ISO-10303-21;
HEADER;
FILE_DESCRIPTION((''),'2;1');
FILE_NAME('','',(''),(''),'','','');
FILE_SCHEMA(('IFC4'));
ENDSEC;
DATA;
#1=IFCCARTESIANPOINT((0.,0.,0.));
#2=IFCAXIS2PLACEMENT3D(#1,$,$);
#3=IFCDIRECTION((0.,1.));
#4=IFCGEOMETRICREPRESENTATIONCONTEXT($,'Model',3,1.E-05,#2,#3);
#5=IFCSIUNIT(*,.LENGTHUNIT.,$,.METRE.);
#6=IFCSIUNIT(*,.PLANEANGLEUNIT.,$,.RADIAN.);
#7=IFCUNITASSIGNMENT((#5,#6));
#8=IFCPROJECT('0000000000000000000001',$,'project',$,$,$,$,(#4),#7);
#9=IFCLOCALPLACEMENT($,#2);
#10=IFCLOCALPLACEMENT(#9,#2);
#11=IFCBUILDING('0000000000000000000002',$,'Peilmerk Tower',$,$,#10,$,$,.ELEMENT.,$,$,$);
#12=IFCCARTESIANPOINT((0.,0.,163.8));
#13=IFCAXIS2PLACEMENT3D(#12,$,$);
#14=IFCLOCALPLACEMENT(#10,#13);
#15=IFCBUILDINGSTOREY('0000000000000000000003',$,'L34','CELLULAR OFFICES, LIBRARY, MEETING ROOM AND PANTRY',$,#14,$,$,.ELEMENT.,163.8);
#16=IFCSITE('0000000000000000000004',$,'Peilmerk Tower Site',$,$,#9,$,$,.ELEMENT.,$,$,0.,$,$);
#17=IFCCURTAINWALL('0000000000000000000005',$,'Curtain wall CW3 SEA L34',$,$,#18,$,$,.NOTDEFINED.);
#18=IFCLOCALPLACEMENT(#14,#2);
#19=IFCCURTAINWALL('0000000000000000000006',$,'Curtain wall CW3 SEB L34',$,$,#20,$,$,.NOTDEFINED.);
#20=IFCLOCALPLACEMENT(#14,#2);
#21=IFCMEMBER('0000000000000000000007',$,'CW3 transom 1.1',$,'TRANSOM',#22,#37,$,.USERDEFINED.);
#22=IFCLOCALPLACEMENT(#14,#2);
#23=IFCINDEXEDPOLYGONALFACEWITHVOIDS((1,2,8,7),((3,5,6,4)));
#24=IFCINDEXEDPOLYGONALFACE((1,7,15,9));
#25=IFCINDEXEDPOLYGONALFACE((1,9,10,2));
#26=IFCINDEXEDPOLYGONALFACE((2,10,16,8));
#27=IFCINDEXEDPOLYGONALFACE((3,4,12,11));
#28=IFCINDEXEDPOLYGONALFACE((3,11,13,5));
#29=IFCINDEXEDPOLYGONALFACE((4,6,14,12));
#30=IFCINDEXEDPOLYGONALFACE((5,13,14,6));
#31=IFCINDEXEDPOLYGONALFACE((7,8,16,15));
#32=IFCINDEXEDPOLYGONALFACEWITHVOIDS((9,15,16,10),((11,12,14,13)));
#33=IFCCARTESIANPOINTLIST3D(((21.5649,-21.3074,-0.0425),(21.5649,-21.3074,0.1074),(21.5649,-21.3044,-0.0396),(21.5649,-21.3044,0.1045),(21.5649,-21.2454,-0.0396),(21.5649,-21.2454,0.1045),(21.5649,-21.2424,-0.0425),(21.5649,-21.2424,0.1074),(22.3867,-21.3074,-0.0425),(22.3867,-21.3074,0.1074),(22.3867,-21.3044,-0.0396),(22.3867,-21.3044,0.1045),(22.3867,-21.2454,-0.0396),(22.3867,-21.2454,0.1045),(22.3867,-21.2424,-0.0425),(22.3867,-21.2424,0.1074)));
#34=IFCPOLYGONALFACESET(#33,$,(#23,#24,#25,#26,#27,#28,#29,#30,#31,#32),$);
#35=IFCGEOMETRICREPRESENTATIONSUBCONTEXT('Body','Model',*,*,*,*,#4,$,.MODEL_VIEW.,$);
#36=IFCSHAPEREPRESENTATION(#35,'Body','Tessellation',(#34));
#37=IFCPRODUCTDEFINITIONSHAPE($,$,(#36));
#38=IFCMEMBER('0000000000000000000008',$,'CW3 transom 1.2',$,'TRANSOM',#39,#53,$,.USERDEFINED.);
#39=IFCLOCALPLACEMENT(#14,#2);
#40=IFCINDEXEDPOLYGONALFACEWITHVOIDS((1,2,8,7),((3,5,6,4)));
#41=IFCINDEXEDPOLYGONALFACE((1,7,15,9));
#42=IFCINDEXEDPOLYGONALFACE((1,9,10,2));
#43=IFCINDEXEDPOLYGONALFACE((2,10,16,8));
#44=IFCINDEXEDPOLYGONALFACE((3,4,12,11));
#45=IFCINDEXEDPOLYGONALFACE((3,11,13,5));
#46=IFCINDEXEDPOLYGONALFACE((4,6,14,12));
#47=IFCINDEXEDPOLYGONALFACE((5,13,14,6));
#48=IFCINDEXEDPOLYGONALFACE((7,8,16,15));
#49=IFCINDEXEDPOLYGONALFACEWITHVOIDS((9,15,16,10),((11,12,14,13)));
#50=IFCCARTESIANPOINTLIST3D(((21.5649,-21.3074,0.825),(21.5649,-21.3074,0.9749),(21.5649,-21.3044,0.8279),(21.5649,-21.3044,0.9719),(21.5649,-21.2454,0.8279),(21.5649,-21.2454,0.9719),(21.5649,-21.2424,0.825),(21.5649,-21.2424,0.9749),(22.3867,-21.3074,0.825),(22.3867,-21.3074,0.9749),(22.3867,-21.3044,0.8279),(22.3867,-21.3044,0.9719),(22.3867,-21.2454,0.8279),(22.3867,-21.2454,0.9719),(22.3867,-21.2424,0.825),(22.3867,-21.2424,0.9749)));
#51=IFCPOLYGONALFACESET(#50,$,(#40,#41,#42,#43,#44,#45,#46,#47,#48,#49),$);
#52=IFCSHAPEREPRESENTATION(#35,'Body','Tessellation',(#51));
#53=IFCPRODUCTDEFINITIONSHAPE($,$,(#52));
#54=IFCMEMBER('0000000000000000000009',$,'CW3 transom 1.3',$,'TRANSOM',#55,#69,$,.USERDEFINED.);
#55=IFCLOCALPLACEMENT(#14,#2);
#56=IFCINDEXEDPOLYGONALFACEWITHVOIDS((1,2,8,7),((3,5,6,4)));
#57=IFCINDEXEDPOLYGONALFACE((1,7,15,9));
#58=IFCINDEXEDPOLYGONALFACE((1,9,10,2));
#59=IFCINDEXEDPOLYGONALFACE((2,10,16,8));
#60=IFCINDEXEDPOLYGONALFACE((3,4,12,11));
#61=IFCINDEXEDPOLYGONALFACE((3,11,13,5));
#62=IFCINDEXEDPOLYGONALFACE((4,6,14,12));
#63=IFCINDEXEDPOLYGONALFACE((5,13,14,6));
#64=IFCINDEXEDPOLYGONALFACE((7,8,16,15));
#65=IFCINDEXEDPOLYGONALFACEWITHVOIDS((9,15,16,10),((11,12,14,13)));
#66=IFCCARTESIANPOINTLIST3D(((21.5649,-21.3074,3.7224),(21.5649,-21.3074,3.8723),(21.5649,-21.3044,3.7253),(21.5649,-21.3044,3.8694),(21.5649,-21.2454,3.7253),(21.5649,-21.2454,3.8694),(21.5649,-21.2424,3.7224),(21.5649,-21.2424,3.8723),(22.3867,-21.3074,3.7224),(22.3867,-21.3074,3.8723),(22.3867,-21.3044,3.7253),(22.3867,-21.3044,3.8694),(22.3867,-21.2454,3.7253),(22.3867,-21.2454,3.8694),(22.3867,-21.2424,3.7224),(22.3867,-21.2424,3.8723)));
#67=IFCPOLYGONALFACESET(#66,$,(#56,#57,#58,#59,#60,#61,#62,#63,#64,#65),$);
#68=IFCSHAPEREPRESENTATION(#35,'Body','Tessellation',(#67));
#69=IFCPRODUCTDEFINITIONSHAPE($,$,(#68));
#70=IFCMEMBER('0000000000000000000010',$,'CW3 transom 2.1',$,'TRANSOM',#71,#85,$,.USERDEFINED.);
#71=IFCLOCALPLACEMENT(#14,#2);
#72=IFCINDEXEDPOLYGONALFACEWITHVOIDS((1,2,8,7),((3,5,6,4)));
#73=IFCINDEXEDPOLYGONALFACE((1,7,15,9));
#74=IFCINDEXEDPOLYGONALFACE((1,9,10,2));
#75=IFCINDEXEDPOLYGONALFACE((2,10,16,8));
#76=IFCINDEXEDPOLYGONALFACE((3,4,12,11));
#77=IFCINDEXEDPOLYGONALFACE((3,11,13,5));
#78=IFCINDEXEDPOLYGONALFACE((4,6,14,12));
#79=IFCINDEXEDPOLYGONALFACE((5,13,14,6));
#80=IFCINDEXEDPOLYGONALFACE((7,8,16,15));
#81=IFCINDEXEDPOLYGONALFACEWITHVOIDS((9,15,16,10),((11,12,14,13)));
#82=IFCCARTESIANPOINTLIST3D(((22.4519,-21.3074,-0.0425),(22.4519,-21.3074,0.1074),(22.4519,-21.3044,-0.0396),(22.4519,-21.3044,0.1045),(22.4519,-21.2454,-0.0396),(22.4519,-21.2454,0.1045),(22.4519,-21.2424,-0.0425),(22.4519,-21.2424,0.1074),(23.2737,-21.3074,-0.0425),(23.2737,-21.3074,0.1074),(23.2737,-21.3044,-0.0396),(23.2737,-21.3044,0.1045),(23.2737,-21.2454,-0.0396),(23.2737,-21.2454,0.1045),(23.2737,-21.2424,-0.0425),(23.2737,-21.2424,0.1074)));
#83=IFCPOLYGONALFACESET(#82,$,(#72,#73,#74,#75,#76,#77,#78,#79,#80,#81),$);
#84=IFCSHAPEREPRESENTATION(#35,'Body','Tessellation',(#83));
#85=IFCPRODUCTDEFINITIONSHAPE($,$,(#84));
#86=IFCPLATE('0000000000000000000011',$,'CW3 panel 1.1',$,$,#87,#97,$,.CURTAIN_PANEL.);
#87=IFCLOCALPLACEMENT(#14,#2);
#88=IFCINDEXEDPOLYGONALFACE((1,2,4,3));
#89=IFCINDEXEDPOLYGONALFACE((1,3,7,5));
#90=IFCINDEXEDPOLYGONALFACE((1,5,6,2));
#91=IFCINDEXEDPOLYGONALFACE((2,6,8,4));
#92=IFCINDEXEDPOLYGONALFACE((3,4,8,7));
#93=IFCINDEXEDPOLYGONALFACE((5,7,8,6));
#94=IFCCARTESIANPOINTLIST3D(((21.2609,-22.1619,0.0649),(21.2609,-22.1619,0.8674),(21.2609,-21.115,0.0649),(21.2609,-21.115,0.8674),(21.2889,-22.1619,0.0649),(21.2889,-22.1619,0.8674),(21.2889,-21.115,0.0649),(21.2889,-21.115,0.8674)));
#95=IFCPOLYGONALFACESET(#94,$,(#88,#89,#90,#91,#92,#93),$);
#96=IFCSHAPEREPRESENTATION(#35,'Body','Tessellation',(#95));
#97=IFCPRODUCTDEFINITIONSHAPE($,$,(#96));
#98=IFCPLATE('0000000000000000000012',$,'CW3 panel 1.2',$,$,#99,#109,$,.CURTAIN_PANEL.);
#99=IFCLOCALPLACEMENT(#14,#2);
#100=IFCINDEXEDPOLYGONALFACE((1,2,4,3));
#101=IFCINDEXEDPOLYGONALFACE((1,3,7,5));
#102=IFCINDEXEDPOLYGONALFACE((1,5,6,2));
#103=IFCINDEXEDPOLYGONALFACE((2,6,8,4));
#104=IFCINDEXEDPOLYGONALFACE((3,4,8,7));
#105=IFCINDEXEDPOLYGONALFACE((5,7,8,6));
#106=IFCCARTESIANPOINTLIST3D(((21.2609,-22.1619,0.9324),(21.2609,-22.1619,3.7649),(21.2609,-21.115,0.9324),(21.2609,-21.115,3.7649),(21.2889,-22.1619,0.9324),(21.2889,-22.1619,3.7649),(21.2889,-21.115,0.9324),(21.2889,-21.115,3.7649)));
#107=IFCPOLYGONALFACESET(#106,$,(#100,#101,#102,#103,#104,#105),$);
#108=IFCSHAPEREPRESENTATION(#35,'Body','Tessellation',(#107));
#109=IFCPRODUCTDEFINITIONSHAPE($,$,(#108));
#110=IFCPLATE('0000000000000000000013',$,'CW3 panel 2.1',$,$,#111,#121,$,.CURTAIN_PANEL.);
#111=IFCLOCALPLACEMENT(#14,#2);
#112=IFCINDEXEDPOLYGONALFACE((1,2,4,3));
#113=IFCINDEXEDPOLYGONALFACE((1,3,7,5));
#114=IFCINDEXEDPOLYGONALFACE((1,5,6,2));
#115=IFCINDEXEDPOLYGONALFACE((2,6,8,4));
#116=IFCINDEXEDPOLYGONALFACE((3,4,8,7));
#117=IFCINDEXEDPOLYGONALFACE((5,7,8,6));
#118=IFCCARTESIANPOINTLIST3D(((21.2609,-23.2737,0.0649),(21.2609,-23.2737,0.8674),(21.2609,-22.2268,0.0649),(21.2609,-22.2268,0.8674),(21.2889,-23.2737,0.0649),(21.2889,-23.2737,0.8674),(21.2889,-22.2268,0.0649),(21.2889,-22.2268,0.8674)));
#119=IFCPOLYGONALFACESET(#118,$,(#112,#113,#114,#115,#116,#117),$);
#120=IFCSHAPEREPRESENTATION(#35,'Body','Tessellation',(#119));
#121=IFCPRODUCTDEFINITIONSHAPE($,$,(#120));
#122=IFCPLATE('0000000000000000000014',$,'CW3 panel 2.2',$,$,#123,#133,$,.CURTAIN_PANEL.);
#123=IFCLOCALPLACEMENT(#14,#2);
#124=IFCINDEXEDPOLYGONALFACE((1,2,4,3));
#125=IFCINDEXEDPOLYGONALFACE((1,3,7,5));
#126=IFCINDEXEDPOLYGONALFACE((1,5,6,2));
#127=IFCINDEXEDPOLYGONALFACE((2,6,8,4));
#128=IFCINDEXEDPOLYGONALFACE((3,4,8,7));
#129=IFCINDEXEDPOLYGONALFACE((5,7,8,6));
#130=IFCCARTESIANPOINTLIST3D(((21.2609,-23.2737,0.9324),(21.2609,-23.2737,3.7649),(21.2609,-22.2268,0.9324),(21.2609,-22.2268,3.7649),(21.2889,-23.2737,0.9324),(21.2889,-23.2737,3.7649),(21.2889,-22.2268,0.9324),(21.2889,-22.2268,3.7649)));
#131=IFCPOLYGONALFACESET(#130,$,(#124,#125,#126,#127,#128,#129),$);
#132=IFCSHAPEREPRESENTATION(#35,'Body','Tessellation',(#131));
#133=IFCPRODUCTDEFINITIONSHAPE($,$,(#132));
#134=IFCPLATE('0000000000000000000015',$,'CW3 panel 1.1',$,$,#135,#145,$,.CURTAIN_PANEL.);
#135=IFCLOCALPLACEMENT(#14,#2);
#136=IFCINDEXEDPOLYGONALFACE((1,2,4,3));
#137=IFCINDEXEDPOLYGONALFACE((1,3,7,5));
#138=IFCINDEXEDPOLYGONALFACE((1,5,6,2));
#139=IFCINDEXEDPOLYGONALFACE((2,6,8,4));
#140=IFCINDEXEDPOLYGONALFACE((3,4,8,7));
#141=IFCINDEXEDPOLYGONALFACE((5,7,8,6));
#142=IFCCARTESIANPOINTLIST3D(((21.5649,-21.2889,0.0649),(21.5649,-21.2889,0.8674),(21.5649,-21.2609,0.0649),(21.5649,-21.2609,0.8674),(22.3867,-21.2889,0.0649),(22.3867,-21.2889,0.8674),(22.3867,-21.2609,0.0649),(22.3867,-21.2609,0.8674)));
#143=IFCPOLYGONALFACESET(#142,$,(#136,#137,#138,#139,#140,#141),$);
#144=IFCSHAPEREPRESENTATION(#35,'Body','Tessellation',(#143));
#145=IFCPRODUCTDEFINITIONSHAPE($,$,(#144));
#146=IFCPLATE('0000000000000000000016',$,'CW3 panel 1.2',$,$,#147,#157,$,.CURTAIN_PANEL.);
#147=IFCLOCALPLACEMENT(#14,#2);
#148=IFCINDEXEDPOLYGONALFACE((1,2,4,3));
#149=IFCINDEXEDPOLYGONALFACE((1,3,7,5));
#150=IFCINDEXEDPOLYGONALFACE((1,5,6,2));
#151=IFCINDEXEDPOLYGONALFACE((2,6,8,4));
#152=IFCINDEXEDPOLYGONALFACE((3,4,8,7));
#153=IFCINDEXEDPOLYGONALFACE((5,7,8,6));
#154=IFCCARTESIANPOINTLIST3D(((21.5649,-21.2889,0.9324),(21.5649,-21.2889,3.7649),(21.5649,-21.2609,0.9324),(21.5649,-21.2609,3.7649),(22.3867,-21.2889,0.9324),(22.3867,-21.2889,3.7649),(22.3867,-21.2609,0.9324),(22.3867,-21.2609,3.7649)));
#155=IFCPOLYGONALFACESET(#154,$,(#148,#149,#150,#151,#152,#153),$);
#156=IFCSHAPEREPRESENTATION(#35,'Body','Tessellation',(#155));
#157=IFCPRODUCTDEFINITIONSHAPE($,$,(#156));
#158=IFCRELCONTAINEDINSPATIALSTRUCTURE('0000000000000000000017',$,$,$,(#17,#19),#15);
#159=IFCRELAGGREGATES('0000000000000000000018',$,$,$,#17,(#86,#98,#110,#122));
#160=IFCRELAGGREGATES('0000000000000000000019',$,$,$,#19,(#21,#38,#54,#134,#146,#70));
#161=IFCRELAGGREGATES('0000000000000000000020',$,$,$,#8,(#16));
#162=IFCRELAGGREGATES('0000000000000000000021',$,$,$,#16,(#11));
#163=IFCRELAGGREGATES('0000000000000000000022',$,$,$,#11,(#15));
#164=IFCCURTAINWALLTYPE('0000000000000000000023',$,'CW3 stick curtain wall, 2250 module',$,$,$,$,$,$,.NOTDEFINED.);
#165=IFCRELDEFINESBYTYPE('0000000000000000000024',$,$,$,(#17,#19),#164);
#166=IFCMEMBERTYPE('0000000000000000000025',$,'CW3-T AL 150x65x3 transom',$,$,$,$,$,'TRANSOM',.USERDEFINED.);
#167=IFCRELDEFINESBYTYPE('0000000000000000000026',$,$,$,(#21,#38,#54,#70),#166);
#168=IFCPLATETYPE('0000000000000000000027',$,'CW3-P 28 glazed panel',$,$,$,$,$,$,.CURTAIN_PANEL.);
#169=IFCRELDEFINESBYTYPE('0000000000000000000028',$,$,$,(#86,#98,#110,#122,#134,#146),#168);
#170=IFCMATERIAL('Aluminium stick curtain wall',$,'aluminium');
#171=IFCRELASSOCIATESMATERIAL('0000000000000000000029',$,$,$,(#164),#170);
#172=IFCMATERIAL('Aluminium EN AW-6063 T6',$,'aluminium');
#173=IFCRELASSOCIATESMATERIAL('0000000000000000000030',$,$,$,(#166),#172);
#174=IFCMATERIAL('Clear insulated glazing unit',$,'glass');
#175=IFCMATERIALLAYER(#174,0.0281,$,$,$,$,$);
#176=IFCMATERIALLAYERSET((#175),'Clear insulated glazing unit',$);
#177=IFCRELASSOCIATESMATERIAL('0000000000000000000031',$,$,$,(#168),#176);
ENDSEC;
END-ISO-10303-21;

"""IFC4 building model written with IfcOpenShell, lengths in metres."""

from ifc_helpers import new_model, si_unit, direction, frame, origin, origin_2d, place, context, subcontext, project, spatial, rectangle, hollow_rectangle, extrude, material, layer, layer_set, material_profile, profile_set, type_object, element, aggregate, save


model = new_model("IFC4")

# Units and contexts
model_context = context("Model", 3, precision=1e-05, world=origin(), true_north=direction((0.0, 1.0)))
body_context = subcontext(model_context, "Body", "Model", "MODEL_VIEW")
ifc_project = project(units=[si_unit("LENGTHUNIT", "METRE"), si_unit("PLANEANGLEUNIT", "RADIAN")], contexts=[model_context])

# Site, building, storey
site_placement = place(None, origin())
site = spatial("IfcSite", under=ifc_project, at=site_placement, Name="Peilmerk Tower Site", CompositionType="ELEMENT", RefElevation=0.0)
building_placement = place(site_placement, origin())
building = spatial("IfcBuilding", under=site, at=building_placement, Name="Peilmerk Tower", CompositionType="ELEMENT")
storey_placement = place(building_placement, frame((0.0, 0.0, 163.8)))
storey = spatial("IfcBuildingStorey", under=building, at=storey_placement, Name="L34", Description="CELLULAR OFFICES, LIBRARY, MEETING ROOM AND PANTRY", CompositionType="ELEMENT", Elevation=163.8)

# Curtain walls
ifc_material_1 = material(Name="Aluminium stick curtain wall", Category="aluminium")
curtain_wall_type = type_object("IfcCurtainWallType", Name="CW3 stick curtain wall, 2250 module", PredefinedType="NOTDEFINED", material=ifc_material_1)
curtain_wall_1_placement = place(storey_placement, origin())
curtain_wall_1 = element("IfcCurtainWall", 1, at=curtain_wall_1_placement, inside=storey, type_object=curtain_wall_type, Name="Curtain wall CW3 SEA L34", PredefinedType="NOTDEFINED")
ifc_material_2 = material(Name="Aluminium EN AW-6063 T6", Category="aluminium")
curtain_wall_2_placement = place(storey_placement, origin())
curtain_wall_2 = element("IfcCurtainWall", 2, at=curtain_wall_2_placement, inside=storey, type_object=curtain_wall_type, Name="Curtain wall CW3 SEB L34", PredefinedType="NOTDEFINED")

# Members
ifc_material_profile_1 = material_profile(ifc_material_2, hollow_rectangle(XDim=0.0649, YDim=0.1499, WallThickness=0.0029, at=origin_2d()), Name="AL 150x65x3")
ifc_profile_set_1 = profile_set([ifc_material_profile_1], Name="Aluminium EN AW-6063 T6")
member_type_1 = type_object("IfcMemberType", Name="CW3-T AL 150x65x3 transom", ElementType="TRANSOM", PredefinedType="USERDEFINED", material=ifc_profile_set_1)
member_1_placement = place(storey_placement, frame((21.5649, -21.2749, 0.0325), z_axis=(1.0, 0.0, 0.0), x_axis=(0.0, 1.0, 0.0)))
member_1 = element("IfcMember", 3, at=member_1_placement, type_object=member_type_1, Name="CW3 transom 1.1", ObjectType="TRANSOM", PredefinedType="USERDEFINED", context=body_context, shape_type="SweptSolid", body=[
    extrude(hollow_rectangle(XDim=0.0649, YDim=0.1499, WallThickness=0.0029, at=origin_2d()), origin(), (0.0, 0.0, 1.0), 0.8218),
])
member_2_placement = place(storey_placement, frame((21.5649, -21.2749, 0.8999), z_axis=(1.0, 0.0, 0.0), x_axis=(0.0, 1.0, 0.0)))
member_2 = element("IfcMember", 4, at=member_2_placement, type_object=member_type_1, Name="CW3 transom 1.2", ObjectType="TRANSOM", PredefinedType="USERDEFINED", context=body_context, shape_type="SweptSolid", body=[
    extrude(hollow_rectangle(XDim=0.0649, YDim=0.1499, WallThickness=0.0029, at=origin_2d()), origin(), (0.0, 0.0, 1.0), 0.8218),
])
member_3_placement = place(storey_placement, frame((21.5649, -21.2749, 3.7974), z_axis=(1.0, 0.0, 0.0), x_axis=(0.0, 1.0, 0.0)))
member_3 = element("IfcMember", 5, at=member_3_placement, type_object=member_type_1, Name="CW3 transom 1.3", ObjectType="TRANSOM", PredefinedType="USERDEFINED", context=body_context, shape_type="SweptSolid", body=[
    extrude(hollow_rectangle(XDim=0.0649, YDim=0.1499, WallThickness=0.0029, at=origin_2d()), origin(), (0.0, 0.0, 1.0), 0.8218),
])
member_4_placement = place(storey_placement, frame((22.4519, -21.2749, 0.0325), z_axis=(1.0, 0.0, 0.0), x_axis=(0.0, 1.0, 0.0)))
member_4 = element("IfcMember", 6, at=member_4_placement, type_object=member_type_1, Name="CW3 transom 2.1", ObjectType="TRANSOM", PredefinedType="USERDEFINED", context=body_context, shape_type="SweptSolid", body=[
    extrude(hollow_rectangle(XDim=0.0649, YDim=0.1499, WallThickness=0.0029, at=origin_2d()), origin(), (0.0, 0.0, 1.0), 0.8218),
])

# Plates
ifc_material_3 = material(Name="Clear insulated glazing unit", Category="glass")
ifc_layer_1 = layer(ifc_material_3, 0.0281)
ifc_layer_set_1 = layer_set([ifc_layer_1], Name="Clear insulated glazing unit")
plate_type = type_object("IfcPlateType", Name="CW3-P 28 glazed panel", PredefinedType="CURTAIN_PANEL", material=ifc_layer_set_1)
plate_1_placement = place(storey_placement, frame((21.2749, -21.6384, 0.0649), z_axis=(0.0, 0.0, 1.0), x_axis=(0.0, -1.0, 0.0)))
plate_1 = element("IfcPlate", 7, at=plate_1_placement, type_object=plate_type, Name="CW3 panel 1.1", PredefinedType="CURTAIN_PANEL", context=body_context, shape_type="SweptSolid", body=[
    extrude(rectangle(XDim=1.0469, YDim=0.0281, at=origin_2d()), origin(), (0.0, 0.0, 1.0), 0.8025),
])
plate_2_placement = place(storey_placement, frame((21.2749, -21.6384, 0.9324), z_axis=(0.0, 0.0, 1.0), x_axis=(0.0, -1.0, 0.0)))
plate_2 = element("IfcPlate", 8, at=plate_2_placement, type_object=plate_type, Name="CW3 panel 1.2", PredefinedType="CURTAIN_PANEL", context=body_context, shape_type="SweptSolid", body=[
    extrude(rectangle(XDim=1.0469, YDim=0.0281, at=origin_2d()), origin(), (0.0, 0.0, 1.0), 2.8325),
])
plate_3_placement = place(storey_placement, frame((21.2749, -22.7502, 0.0649), z_axis=(0.0, 0.0, 1.0), x_axis=(0.0, -1.0, 0.0)))
plate_3 = element("IfcPlate", 9, at=plate_3_placement, type_object=plate_type, Name="CW3 panel 2.1", PredefinedType="CURTAIN_PANEL", context=body_context, shape_type="SweptSolid", body=[
    extrude(rectangle(XDim=1.0469, YDim=0.0281, at=origin_2d()), origin(), (0.0, 0.0, 1.0), 0.8025),
])
plate_4_placement = place(storey_placement, frame((21.2749, -22.7502, 0.9324), z_axis=(0.0, 0.0, 1.0), x_axis=(0.0, -1.0, 0.0)))
plate_4 = element("IfcPlate", 10, at=plate_4_placement, type_object=plate_type, Name="CW3 panel 2.2", PredefinedType="CURTAIN_PANEL", context=body_context, shape_type="SweptSolid", body=[
    extrude(rectangle(XDim=1.0469, YDim=0.0281, at=origin_2d()), origin(), (0.0, 0.0, 1.0), 2.8325),
])
aggregate(curtain_wall_1, [plate_1, plate_2, plate_3, plate_4])
plate_5_placement = place(storey_placement, frame((21.9758, -21.2749, 0.0649), z_axis=(0.0, 0.0, 1.0), x_axis=(1.0, 0.0, 0.0)))
plate_5 = element("IfcPlate", 11, at=plate_5_placement, type_object=plate_type, Name="CW3 panel 1.1", PredefinedType="CURTAIN_PANEL", context=body_context, shape_type="SweptSolid", body=[
    extrude(rectangle(XDim=0.8218, YDim=0.0281, at=origin_2d()), origin(), (0.0, 0.0, 1.0), 0.8025),
])
plate_6_placement = place(storey_placement, frame((21.9758, -21.2749, 0.9324), z_axis=(0.0, 0.0, 1.0), x_axis=(1.0, 0.0, 0.0)))
plate_6 = element("IfcPlate", 12, at=plate_6_placement, type_object=plate_type, Name="CW3 panel 1.2", PredefinedType="CURTAIN_PANEL", context=body_context, shape_type="SweptSolid", body=[
    extrude(rectangle(XDim=0.8218, YDim=0.0281, at=origin_2d()), origin(), (0.0, 0.0, 1.0), 2.8325),
])
aggregate(curtain_wall_2, [member_1, member_2, member_3, plate_5, plate_6, member_4])

save(model, "model.ifc")
